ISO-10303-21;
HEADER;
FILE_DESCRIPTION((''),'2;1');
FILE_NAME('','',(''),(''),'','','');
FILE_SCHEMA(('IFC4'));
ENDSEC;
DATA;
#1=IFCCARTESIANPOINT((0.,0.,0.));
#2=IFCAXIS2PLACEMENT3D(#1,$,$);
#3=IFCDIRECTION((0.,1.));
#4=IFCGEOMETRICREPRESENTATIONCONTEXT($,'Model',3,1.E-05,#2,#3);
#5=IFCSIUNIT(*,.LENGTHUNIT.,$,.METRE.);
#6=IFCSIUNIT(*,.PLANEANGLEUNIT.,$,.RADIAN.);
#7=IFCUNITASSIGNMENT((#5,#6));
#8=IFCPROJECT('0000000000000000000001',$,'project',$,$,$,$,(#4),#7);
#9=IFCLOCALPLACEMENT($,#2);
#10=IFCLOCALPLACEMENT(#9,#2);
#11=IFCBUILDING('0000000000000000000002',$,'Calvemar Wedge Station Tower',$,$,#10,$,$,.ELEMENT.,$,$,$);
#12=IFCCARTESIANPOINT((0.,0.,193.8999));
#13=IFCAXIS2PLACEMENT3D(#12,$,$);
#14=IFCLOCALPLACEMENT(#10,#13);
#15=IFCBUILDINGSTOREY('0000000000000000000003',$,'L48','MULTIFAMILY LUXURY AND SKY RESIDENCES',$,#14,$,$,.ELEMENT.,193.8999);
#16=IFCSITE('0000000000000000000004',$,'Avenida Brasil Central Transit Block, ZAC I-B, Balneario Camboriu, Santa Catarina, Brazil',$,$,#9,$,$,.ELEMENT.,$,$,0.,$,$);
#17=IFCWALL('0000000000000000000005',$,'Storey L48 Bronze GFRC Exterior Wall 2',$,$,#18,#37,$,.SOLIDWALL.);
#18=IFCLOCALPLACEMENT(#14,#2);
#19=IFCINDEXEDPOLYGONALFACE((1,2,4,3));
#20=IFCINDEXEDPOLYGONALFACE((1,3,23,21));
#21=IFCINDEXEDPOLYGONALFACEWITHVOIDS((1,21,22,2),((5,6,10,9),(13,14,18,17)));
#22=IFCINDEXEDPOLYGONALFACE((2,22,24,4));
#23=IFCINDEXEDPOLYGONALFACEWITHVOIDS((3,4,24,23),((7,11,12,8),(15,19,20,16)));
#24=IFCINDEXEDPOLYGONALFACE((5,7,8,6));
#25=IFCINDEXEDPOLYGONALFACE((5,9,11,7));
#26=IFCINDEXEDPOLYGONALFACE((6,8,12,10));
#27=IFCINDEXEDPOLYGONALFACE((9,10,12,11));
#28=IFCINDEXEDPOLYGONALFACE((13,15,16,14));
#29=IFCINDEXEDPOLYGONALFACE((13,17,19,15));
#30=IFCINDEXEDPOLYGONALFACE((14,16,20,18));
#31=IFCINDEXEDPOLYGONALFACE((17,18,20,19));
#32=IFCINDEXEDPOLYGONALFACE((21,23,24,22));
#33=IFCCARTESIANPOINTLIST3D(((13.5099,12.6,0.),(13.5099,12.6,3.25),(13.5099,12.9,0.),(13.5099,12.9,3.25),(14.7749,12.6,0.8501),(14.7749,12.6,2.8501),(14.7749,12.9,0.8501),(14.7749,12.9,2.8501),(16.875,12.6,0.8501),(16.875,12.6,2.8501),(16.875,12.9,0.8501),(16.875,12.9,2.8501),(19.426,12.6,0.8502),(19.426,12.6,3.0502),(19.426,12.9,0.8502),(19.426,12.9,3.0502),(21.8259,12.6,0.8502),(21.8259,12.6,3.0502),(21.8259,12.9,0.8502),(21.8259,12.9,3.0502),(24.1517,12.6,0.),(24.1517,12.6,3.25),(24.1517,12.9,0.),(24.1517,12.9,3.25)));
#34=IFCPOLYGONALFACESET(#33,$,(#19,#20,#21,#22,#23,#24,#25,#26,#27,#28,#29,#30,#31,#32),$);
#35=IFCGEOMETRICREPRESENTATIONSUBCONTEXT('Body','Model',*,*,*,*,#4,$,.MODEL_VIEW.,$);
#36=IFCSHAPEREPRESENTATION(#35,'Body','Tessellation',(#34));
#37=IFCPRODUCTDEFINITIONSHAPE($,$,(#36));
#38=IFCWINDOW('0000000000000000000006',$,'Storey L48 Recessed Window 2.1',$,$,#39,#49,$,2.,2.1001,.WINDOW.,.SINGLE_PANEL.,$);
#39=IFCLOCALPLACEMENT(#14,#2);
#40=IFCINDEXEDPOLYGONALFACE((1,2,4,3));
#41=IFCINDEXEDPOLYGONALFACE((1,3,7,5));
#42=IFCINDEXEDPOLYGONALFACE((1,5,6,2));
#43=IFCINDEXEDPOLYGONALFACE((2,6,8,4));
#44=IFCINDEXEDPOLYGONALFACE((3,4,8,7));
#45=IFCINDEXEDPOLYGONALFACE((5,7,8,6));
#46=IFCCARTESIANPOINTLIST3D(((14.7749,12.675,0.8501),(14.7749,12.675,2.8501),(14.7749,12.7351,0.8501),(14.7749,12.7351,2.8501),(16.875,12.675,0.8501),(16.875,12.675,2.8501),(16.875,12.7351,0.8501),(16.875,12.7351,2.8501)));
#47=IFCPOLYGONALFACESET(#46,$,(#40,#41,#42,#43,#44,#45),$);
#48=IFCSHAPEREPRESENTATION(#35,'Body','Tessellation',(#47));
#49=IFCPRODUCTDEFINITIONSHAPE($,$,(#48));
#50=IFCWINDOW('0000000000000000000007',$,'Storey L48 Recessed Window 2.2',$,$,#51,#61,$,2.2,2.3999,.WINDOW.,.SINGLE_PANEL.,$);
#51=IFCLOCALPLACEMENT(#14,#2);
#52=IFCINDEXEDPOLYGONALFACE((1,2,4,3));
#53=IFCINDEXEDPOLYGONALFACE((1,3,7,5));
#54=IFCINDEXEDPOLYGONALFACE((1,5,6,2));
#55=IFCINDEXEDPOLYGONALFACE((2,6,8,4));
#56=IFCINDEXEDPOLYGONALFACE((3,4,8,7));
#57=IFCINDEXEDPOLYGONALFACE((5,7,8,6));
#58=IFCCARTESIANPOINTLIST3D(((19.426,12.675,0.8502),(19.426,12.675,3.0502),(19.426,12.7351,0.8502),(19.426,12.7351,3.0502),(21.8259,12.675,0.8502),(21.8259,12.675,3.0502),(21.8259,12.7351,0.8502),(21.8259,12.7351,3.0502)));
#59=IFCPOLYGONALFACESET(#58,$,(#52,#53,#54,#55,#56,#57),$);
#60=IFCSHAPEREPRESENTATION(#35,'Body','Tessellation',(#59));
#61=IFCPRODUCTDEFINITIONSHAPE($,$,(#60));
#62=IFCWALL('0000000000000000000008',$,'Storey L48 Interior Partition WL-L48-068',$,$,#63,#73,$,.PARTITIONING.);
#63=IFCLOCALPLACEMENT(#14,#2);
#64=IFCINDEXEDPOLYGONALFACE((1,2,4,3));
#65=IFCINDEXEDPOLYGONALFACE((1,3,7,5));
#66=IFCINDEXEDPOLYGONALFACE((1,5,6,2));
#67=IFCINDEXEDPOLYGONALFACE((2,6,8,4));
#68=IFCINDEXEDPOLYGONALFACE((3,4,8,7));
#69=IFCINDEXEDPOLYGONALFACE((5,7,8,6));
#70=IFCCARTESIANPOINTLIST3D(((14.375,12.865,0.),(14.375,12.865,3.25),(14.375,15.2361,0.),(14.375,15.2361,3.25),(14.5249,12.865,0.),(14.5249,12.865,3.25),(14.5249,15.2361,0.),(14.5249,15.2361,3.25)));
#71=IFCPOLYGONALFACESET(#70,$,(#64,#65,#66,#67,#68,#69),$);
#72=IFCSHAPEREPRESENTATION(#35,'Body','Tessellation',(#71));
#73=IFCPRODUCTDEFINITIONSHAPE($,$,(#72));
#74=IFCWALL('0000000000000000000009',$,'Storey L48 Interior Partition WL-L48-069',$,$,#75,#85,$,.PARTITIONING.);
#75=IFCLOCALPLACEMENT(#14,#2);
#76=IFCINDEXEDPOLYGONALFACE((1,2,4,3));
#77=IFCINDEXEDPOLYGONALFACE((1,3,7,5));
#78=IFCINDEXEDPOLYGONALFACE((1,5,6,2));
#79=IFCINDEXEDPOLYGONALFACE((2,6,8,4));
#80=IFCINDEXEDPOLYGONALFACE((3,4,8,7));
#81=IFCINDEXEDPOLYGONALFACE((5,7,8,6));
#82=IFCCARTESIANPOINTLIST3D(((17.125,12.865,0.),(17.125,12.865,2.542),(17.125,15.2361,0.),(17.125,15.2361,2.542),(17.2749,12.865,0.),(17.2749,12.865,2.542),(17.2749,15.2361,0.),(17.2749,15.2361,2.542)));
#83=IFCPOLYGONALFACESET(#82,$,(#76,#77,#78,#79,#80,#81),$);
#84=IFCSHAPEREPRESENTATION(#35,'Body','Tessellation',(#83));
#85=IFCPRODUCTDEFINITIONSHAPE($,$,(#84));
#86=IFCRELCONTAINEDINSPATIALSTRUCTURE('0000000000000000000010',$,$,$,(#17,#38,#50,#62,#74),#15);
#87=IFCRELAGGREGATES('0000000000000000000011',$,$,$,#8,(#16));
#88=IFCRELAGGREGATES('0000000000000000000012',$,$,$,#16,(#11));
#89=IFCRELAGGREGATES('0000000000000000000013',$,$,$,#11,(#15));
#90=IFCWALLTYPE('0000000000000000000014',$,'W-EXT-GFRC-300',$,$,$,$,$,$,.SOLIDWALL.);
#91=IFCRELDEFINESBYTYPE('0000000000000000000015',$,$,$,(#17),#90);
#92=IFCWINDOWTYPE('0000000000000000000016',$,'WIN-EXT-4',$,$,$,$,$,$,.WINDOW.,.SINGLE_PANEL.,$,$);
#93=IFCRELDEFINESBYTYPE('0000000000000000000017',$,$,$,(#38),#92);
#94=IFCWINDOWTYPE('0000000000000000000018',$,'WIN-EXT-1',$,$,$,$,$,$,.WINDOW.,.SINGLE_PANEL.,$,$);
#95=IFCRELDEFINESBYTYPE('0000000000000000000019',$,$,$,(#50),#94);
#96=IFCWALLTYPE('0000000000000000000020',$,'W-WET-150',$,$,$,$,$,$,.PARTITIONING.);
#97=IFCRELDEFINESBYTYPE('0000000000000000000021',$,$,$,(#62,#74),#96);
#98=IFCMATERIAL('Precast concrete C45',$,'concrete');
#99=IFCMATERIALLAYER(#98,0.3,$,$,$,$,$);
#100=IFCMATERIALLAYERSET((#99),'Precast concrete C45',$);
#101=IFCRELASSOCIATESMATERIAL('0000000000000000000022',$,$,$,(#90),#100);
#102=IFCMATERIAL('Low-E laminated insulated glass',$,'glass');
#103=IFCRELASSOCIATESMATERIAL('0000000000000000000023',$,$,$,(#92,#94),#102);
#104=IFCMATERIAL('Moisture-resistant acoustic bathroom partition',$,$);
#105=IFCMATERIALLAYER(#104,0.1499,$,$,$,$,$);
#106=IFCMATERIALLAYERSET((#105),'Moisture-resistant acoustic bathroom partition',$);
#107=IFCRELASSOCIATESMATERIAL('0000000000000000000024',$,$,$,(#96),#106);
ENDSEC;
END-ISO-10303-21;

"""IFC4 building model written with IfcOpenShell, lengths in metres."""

from ifc_helpers import new_model, si_unit, direction, frame, frame_2d, origin, place, context, subcontext, project, spatial, rectangle, extrude, source, transform, mapped, material, layer, layer_set, type_object, element, fill, save


model = new_model("IFC4")

# Units and contexts
model_context = context("Model", 3, precision=1e-05, world=origin(), true_north=direction((0.0, 1.0)))
body_context = subcontext(model_context, "Body", "Model", "MODEL_VIEW")
ifc_project = project(units=[si_unit("LENGTHUNIT", "METRE"), si_unit("PLANEANGLEUNIT", "RADIAN")], contexts=[model_context])

# Site, building, storey
site_placement = place(None, origin())
site = spatial("IfcSite", under=ifc_project, at=site_placement, Name="Avenida Brasil Central Transit Block, ZAC I-B, Balneario Camboriu, Santa Catarina, Brazil", CompositionType="ELEMENT", RefElevation=0.0)
building_placement = place(site_placement, origin())
building = spatial("IfcBuilding", under=site, at=building_placement, Name="Calvemar Wedge Station Tower", CompositionType="ELEMENT")
storey_placement = place(building_placement, frame((0.0, 0.0, 193.8999)))
storey = spatial("IfcBuildingStorey", under=building, at=storey_placement, Name="L48", Description="MULTIFAMILY LUXURY AND SKY RESIDENCES", CompositionType="ELEMENT", Elevation=193.8999)

# Shared definitions
ifc_material_1 = material(Name="Precast concrete C45", Category="concrete")

# Wall, openings, windows
ifc_layer_1 = layer(ifc_material_1, 0.3)
ifc_layer_set_1 = layer_set([ifc_layer_1], Name="Precast concrete C45")
wall_type_1 = type_object("IfcWallType", Name="W-EXT-GFRC-300", PredefinedType="SOLIDWALL", material=ifc_layer_set_1)
wall_1_placement = place(storey_placement, frame((13.51, 12.75, 0.0), z_axis=(0.0, 0.0, 1.0), x_axis=(1.0, 0.0, 0.0)))
wall_1 = element("IfcWall", 1, at=wall_1_placement, inside=storey, type_object=wall_type_1, Name="Storey L48 Bronze GFRC Exterior Wall 2", PredefinedType="SOLIDWALL", context=body_context, shape_type="SweptSolid", body=[
    extrude(rectangle(XDim=10.6418, YDim=0.3, at=frame_2d((5.3208, 0.0))), origin(), (0.0, 0.0, 1.0), 3.25),
])
shared_shape_1 = source(origin(), body_context, "Body", "SweptSolid", [
    extrude(rectangle(XDim=2.1001, YDim=2.0, at=frame_2d((1.05, 1.0))), frame((0.0, 0.1602, 0.0), z_axis=(0.0, -1.0, 0.0), x_axis=(1.0, 0.0, 0.0)), (0.0, 0.0, 1.0), 0.3201),
])
opening_1_placement = place(wall_1_placement, frame((1.2649, 0.0, 0.8501)))
opening_1 = element("IfcOpeningElement", 2, at=opening_1_placement, cuts=wall_1, PredefinedType="OPENING", context=body_context, shape_type="MappedRepresentation", body=[
    mapped(shared_shape_1, transform((0.0, 0.0, 0.0), scale=1.0)),
])
shared_shape_2 = source(origin(), body_context, "Body", "SweptSolid", [
    extrude(rectangle(XDim=2.3999, YDim=2.2, at=frame_2d((1.2, 1.1001))), frame((0.0, 0.1602, 0.0), z_axis=(0.0, -1.0, 0.0), x_axis=(1.0, 0.0, 0.0)), (0.0, 0.0, 1.0), 0.3201),
])
opening_2_placement = place(wall_1_placement, frame((5.916, 0.0, 0.8501)))
opening_2 = element("IfcOpeningElement", 3, at=opening_2_placement, cuts=wall_1, PredefinedType="OPENING", context=body_context, shape_type="MappedRepresentation", body=[
    mapped(shared_shape_2, transform((0.0, 0.0, 0.0), scale=1.0)),
])
ifc_material_2 = material(Name="Low-E laminated insulated glass", Category="glass")
window_type_1 = type_object("IfcWindowType", Name="WIN-EXT-4", PartitioningType="SINGLE_PANEL", PredefinedType="WINDOW", material=ifc_material_2)
shared_shape_3 = source(origin(), body_context, "Body", "SweptSolid", [
    extrude(rectangle(XDim=2.1001, YDim=2.0, at=frame_2d((1.05, 1.0))), frame((0.0, -0.0149, 0.0), z_axis=(0.0, -1.0, 0.0), x_axis=(1.0, 0.0, 0.0)), (0.0, 0.0, 1.0), 0.0601),
])
window_1_placement = place(opening_1_placement, origin())
window_1 = element("IfcWindow", 4, at=window_1_placement, inside=storey, type_object=window_type_1, Name="Storey L48 Recessed Window 2.1", OverallHeight=2.0, OverallWidth=2.1001, PartitioningType="SINGLE_PANEL", PredefinedType="WINDOW", context=body_context, shape_type="MappedRepresentation", body=[
    mapped(shared_shape_3, transform((0.0, 0.0, 0.0), scale=1.0)),
])
fill(opening_1, window_1)
window_type_2 = type_object("IfcWindowType", Name="WIN-EXT-1", PartitioningType="SINGLE_PANEL", PredefinedType="WINDOW", material=ifc_material_2)
shared_shape_4 = source(origin(), body_context, "Body", "SweptSolid", [
    extrude(rectangle(XDim=2.3999, YDim=2.2, at=frame_2d((1.2, 1.1001))), frame((0.0, -0.0149, 0.0), z_axis=(0.0, -1.0, 0.0), x_axis=(1.0, 0.0, 0.0)), (0.0, 0.0, 1.0), 0.0601),
])
window_2_placement = place(opening_2_placement, origin())
window_2 = element("IfcWindow", 5, at=window_2_placement, inside=storey, type_object=window_type_2, Name="Storey L48 Recessed Window 2.2", OverallHeight=2.2, OverallWidth=2.3999, PartitioningType="SINGLE_PANEL", PredefinedType="WINDOW", context=body_context, shape_type="MappedRepresentation", body=[
    mapped(shared_shape_4, transform((0.0, 0.0, 0.0), scale=1.0)),
])
fill(opening_2, window_2)

# Shared definitions
ifc_material_3 = material(Name="Moisture-resistant acoustic bathroom partition")
ifc_layer_2 = layer(ifc_material_3, 0.1499)
ifc_layer_set_2 = layer_set([ifc_layer_2], Name="Moisture-resistant acoustic bathroom partition")
wall_type_2 = type_object("IfcWallType", Name="W-WET-150", PredefinedType="PARTITIONING", material=ifc_layer_set_2)

# Walls
wall_2_placement = place(storey_placement, frame((14.45, 12.865, 0.0), z_axis=(0.0, 0.0, 1.0), x_axis=(0.0, 1.0, 0.0)))
element("IfcWall", 6, at=wall_2_placement, inside=storey, type_object=wall_type_2, Name="Storey L48 Interior Partition WL-L48-068", PredefinedType="PARTITIONING", context=body_context, shape_type="SweptSolid", body=[
    extrude(rectangle(XDim=2.3711, YDim=0.1499, at=frame_2d((1.1855, 0.0))), origin(), (0.0, 0.0, 1.0), 3.25),
])
wall_3_placement = place(storey_placement, frame((17.2, 15.2361, 0.0), z_axis=(0.0, 0.0, 1.0), x_axis=(0.0, -1.0, 0.0)))
element("IfcWall", 7, at=wall_3_placement, inside=storey, type_object=wall_type_2, Name="Storey L48 Interior Partition WL-L48-069", PredefinedType="PARTITIONING", context=body_context, shape_type="SweptSolid", body=[
    extrude(rectangle(XDim=2.3711, YDim=0.1499, at=frame_2d((1.1855, 0.0))), origin(), (0.0, 0.0, 1.0), 2.542),
])

save(model, "model.ifc")
